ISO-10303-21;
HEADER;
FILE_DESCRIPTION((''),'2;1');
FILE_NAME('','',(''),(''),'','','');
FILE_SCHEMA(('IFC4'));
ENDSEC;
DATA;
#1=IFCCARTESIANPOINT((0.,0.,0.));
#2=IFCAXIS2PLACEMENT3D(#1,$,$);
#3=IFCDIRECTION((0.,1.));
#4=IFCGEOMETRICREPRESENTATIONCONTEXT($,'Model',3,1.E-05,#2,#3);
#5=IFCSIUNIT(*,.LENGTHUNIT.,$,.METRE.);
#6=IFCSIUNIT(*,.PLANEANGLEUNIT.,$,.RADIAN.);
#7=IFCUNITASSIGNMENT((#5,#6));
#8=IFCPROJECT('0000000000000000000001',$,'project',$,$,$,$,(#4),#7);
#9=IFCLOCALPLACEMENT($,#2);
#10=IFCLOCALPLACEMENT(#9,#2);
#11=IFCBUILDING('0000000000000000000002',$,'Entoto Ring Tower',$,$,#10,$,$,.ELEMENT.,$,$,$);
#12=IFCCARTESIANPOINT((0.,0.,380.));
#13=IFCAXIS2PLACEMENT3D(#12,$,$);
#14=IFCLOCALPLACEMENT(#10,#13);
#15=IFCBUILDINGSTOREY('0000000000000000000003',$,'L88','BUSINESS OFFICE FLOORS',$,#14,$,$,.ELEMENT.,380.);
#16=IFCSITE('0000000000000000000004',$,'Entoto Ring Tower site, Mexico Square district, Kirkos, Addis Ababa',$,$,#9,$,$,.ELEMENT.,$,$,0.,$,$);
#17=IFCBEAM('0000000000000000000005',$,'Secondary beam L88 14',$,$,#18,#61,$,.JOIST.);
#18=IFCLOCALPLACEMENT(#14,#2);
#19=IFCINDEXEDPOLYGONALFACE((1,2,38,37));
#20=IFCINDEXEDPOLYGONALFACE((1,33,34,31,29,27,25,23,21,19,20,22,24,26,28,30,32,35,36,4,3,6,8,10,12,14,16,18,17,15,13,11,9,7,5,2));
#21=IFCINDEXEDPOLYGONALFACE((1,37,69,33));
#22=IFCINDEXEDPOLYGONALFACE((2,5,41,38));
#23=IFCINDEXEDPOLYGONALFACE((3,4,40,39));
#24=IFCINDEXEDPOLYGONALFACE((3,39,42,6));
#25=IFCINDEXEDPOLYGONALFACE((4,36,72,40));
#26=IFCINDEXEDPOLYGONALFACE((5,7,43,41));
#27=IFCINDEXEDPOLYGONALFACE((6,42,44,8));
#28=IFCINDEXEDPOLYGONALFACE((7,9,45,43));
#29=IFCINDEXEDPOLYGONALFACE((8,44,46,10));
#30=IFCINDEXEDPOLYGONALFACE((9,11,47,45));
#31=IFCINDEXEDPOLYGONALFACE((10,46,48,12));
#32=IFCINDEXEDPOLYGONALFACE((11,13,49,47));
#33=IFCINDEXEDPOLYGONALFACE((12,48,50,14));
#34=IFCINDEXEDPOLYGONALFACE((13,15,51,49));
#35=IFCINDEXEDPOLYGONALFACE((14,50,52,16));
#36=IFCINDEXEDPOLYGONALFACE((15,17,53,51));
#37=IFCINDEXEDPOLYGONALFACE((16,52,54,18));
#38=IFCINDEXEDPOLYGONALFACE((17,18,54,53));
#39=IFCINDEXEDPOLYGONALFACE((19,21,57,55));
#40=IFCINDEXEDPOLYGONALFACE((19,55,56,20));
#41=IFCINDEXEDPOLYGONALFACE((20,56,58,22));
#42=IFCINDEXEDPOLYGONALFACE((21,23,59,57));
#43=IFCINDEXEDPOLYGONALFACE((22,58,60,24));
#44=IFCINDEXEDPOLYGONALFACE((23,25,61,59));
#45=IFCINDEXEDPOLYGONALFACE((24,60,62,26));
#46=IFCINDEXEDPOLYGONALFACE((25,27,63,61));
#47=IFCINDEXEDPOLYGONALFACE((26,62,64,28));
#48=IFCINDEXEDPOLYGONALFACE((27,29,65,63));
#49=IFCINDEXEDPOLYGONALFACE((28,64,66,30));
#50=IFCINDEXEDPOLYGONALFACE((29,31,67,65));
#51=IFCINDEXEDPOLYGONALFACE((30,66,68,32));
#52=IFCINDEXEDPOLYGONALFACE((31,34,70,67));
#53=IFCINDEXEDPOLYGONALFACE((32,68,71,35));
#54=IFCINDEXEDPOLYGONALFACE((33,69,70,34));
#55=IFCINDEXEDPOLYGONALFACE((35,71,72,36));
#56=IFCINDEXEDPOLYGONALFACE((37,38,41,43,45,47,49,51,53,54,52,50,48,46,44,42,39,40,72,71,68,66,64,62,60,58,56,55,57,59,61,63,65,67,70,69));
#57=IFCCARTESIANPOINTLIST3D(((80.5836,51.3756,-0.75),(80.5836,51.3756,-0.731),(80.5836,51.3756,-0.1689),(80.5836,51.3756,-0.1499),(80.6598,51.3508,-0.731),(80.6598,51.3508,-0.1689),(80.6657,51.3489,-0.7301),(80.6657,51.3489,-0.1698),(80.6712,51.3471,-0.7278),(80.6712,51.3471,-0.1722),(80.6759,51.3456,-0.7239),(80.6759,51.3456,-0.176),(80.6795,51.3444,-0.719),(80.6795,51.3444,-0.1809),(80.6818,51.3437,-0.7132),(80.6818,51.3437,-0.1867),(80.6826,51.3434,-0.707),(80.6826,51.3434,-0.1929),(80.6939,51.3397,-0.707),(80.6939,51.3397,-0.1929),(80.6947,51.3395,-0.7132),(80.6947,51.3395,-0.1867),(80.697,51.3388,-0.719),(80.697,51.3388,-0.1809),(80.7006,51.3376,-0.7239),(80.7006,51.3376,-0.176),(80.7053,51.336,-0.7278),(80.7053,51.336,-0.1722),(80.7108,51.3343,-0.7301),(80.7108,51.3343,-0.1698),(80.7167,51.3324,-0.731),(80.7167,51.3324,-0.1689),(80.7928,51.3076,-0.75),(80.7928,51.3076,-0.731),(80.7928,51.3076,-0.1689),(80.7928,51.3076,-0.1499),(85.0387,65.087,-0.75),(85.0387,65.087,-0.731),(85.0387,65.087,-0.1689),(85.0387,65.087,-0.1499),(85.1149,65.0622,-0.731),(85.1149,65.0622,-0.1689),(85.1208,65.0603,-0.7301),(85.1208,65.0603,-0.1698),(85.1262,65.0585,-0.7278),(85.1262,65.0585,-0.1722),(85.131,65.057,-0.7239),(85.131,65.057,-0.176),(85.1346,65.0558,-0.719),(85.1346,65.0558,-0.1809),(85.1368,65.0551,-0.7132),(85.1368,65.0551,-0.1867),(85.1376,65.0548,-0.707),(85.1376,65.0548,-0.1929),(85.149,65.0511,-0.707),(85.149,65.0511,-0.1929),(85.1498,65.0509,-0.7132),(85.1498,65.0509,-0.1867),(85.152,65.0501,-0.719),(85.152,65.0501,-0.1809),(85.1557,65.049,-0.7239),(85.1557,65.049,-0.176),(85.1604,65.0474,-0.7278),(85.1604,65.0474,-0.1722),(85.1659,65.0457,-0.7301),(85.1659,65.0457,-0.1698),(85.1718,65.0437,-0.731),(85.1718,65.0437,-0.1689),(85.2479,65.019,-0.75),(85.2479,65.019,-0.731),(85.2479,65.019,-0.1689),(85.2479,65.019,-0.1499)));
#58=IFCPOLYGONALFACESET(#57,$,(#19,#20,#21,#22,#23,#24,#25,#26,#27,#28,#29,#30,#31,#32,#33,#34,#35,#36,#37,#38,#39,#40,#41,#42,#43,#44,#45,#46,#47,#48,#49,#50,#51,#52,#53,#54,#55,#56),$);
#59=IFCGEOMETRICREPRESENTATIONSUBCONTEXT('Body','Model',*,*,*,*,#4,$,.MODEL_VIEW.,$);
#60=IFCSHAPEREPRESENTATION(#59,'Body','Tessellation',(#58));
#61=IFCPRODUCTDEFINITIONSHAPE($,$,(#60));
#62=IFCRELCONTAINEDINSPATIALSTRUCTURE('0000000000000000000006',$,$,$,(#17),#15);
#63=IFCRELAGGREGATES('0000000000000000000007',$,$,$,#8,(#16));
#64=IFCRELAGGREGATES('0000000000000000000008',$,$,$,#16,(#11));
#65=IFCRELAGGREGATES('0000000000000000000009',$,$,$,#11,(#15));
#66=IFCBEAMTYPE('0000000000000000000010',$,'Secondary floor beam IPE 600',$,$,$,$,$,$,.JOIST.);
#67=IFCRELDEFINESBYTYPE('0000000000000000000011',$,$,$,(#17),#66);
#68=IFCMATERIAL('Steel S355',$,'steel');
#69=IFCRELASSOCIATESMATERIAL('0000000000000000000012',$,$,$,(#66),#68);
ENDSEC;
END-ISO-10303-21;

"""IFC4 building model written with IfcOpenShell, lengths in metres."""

from ifc_helpers import new_model, si_unit, direction, frame, origin, origin_2d, place, context, subcontext, project, spatial, i_section, extrude, material, material_profile, profile_set, type_object, element, save


model = new_model("IFC4")

# Units and contexts
model_context = context("Model", 3, precision=1e-05, world=origin(), true_north=direction((0.0, 1.0)))
body_context = subcontext(model_context, "Body", "Model", "MODEL_VIEW")
ifc_project = project(units=[si_unit("LENGTHUNIT", "METRE"), si_unit("PLANEANGLEUNIT", "RADIAN")], contexts=[model_context])

# Site, building, storey
site_placement = place(None, origin())
site = spatial("IfcSite", under=ifc_project, at=site_placement, Name="Entoto Ring Tower site, Mexico Square district, Kirkos, Addis Ababa", CompositionType="ELEMENT", RefElevation=0.0)
building_placement = place(site_placement, origin())
building = spatial("IfcBuilding", under=site, at=building_placement, Name="Entoto Ring Tower", CompositionType="ELEMENT")
storey_placement = place(building_placement, frame((0.0, 0.0, 380.0)))
storey = spatial("IfcBuildingStorey", under=building, at=storey_placement, Name="L88", Description="BUSINESS OFFICE FLOORS", CompositionType="ELEMENT", Elevation=380.0)

# Beam
ifc_material_1 = material(Name="Steel S355", Category="steel")
ifc_material_profile_1 = material_profile(ifc_material_1, i_section(OverallWidth=0.22, OverallDepth=0.6001, WebThickness=0.012, FlangeThickness=0.019, FilletRadius=0.0239, at=origin_2d()), Name="IPE 600")
ifc_profile_set_1 = profile_set([ifc_material_profile_1], Name="Steel S355")
beam_type_1 = type_object("IfcBeamType", Name="Secondary floor beam IPE 600", PredefinedType="JOIST", material=ifc_profile_set_1)
beam_1_placement = place(storey_placement, frame((85.1433, 65.053, -0.45), z_axis=(-0.309015, -0.951057, 0.0), x_axis=(0.951057, -0.309015, 0.0)))
element("IfcBeam", 1, at=beam_1_placement, inside=storey, type_object=beam_type_1, Name="Secondary beam L88 14", PredefinedType="JOIST", context=body_context, shape_type="SweptSolid", body=[
    extrude(i_section(OverallWidth=0.22, OverallDepth=0.6001, WebThickness=0.012, FlangeThickness=0.019, FilletRadius=0.0239, at=origin_2d()), origin(), (0.0, 0.0, 1.0), 14.417),
])

save(model, "model.ifc")
